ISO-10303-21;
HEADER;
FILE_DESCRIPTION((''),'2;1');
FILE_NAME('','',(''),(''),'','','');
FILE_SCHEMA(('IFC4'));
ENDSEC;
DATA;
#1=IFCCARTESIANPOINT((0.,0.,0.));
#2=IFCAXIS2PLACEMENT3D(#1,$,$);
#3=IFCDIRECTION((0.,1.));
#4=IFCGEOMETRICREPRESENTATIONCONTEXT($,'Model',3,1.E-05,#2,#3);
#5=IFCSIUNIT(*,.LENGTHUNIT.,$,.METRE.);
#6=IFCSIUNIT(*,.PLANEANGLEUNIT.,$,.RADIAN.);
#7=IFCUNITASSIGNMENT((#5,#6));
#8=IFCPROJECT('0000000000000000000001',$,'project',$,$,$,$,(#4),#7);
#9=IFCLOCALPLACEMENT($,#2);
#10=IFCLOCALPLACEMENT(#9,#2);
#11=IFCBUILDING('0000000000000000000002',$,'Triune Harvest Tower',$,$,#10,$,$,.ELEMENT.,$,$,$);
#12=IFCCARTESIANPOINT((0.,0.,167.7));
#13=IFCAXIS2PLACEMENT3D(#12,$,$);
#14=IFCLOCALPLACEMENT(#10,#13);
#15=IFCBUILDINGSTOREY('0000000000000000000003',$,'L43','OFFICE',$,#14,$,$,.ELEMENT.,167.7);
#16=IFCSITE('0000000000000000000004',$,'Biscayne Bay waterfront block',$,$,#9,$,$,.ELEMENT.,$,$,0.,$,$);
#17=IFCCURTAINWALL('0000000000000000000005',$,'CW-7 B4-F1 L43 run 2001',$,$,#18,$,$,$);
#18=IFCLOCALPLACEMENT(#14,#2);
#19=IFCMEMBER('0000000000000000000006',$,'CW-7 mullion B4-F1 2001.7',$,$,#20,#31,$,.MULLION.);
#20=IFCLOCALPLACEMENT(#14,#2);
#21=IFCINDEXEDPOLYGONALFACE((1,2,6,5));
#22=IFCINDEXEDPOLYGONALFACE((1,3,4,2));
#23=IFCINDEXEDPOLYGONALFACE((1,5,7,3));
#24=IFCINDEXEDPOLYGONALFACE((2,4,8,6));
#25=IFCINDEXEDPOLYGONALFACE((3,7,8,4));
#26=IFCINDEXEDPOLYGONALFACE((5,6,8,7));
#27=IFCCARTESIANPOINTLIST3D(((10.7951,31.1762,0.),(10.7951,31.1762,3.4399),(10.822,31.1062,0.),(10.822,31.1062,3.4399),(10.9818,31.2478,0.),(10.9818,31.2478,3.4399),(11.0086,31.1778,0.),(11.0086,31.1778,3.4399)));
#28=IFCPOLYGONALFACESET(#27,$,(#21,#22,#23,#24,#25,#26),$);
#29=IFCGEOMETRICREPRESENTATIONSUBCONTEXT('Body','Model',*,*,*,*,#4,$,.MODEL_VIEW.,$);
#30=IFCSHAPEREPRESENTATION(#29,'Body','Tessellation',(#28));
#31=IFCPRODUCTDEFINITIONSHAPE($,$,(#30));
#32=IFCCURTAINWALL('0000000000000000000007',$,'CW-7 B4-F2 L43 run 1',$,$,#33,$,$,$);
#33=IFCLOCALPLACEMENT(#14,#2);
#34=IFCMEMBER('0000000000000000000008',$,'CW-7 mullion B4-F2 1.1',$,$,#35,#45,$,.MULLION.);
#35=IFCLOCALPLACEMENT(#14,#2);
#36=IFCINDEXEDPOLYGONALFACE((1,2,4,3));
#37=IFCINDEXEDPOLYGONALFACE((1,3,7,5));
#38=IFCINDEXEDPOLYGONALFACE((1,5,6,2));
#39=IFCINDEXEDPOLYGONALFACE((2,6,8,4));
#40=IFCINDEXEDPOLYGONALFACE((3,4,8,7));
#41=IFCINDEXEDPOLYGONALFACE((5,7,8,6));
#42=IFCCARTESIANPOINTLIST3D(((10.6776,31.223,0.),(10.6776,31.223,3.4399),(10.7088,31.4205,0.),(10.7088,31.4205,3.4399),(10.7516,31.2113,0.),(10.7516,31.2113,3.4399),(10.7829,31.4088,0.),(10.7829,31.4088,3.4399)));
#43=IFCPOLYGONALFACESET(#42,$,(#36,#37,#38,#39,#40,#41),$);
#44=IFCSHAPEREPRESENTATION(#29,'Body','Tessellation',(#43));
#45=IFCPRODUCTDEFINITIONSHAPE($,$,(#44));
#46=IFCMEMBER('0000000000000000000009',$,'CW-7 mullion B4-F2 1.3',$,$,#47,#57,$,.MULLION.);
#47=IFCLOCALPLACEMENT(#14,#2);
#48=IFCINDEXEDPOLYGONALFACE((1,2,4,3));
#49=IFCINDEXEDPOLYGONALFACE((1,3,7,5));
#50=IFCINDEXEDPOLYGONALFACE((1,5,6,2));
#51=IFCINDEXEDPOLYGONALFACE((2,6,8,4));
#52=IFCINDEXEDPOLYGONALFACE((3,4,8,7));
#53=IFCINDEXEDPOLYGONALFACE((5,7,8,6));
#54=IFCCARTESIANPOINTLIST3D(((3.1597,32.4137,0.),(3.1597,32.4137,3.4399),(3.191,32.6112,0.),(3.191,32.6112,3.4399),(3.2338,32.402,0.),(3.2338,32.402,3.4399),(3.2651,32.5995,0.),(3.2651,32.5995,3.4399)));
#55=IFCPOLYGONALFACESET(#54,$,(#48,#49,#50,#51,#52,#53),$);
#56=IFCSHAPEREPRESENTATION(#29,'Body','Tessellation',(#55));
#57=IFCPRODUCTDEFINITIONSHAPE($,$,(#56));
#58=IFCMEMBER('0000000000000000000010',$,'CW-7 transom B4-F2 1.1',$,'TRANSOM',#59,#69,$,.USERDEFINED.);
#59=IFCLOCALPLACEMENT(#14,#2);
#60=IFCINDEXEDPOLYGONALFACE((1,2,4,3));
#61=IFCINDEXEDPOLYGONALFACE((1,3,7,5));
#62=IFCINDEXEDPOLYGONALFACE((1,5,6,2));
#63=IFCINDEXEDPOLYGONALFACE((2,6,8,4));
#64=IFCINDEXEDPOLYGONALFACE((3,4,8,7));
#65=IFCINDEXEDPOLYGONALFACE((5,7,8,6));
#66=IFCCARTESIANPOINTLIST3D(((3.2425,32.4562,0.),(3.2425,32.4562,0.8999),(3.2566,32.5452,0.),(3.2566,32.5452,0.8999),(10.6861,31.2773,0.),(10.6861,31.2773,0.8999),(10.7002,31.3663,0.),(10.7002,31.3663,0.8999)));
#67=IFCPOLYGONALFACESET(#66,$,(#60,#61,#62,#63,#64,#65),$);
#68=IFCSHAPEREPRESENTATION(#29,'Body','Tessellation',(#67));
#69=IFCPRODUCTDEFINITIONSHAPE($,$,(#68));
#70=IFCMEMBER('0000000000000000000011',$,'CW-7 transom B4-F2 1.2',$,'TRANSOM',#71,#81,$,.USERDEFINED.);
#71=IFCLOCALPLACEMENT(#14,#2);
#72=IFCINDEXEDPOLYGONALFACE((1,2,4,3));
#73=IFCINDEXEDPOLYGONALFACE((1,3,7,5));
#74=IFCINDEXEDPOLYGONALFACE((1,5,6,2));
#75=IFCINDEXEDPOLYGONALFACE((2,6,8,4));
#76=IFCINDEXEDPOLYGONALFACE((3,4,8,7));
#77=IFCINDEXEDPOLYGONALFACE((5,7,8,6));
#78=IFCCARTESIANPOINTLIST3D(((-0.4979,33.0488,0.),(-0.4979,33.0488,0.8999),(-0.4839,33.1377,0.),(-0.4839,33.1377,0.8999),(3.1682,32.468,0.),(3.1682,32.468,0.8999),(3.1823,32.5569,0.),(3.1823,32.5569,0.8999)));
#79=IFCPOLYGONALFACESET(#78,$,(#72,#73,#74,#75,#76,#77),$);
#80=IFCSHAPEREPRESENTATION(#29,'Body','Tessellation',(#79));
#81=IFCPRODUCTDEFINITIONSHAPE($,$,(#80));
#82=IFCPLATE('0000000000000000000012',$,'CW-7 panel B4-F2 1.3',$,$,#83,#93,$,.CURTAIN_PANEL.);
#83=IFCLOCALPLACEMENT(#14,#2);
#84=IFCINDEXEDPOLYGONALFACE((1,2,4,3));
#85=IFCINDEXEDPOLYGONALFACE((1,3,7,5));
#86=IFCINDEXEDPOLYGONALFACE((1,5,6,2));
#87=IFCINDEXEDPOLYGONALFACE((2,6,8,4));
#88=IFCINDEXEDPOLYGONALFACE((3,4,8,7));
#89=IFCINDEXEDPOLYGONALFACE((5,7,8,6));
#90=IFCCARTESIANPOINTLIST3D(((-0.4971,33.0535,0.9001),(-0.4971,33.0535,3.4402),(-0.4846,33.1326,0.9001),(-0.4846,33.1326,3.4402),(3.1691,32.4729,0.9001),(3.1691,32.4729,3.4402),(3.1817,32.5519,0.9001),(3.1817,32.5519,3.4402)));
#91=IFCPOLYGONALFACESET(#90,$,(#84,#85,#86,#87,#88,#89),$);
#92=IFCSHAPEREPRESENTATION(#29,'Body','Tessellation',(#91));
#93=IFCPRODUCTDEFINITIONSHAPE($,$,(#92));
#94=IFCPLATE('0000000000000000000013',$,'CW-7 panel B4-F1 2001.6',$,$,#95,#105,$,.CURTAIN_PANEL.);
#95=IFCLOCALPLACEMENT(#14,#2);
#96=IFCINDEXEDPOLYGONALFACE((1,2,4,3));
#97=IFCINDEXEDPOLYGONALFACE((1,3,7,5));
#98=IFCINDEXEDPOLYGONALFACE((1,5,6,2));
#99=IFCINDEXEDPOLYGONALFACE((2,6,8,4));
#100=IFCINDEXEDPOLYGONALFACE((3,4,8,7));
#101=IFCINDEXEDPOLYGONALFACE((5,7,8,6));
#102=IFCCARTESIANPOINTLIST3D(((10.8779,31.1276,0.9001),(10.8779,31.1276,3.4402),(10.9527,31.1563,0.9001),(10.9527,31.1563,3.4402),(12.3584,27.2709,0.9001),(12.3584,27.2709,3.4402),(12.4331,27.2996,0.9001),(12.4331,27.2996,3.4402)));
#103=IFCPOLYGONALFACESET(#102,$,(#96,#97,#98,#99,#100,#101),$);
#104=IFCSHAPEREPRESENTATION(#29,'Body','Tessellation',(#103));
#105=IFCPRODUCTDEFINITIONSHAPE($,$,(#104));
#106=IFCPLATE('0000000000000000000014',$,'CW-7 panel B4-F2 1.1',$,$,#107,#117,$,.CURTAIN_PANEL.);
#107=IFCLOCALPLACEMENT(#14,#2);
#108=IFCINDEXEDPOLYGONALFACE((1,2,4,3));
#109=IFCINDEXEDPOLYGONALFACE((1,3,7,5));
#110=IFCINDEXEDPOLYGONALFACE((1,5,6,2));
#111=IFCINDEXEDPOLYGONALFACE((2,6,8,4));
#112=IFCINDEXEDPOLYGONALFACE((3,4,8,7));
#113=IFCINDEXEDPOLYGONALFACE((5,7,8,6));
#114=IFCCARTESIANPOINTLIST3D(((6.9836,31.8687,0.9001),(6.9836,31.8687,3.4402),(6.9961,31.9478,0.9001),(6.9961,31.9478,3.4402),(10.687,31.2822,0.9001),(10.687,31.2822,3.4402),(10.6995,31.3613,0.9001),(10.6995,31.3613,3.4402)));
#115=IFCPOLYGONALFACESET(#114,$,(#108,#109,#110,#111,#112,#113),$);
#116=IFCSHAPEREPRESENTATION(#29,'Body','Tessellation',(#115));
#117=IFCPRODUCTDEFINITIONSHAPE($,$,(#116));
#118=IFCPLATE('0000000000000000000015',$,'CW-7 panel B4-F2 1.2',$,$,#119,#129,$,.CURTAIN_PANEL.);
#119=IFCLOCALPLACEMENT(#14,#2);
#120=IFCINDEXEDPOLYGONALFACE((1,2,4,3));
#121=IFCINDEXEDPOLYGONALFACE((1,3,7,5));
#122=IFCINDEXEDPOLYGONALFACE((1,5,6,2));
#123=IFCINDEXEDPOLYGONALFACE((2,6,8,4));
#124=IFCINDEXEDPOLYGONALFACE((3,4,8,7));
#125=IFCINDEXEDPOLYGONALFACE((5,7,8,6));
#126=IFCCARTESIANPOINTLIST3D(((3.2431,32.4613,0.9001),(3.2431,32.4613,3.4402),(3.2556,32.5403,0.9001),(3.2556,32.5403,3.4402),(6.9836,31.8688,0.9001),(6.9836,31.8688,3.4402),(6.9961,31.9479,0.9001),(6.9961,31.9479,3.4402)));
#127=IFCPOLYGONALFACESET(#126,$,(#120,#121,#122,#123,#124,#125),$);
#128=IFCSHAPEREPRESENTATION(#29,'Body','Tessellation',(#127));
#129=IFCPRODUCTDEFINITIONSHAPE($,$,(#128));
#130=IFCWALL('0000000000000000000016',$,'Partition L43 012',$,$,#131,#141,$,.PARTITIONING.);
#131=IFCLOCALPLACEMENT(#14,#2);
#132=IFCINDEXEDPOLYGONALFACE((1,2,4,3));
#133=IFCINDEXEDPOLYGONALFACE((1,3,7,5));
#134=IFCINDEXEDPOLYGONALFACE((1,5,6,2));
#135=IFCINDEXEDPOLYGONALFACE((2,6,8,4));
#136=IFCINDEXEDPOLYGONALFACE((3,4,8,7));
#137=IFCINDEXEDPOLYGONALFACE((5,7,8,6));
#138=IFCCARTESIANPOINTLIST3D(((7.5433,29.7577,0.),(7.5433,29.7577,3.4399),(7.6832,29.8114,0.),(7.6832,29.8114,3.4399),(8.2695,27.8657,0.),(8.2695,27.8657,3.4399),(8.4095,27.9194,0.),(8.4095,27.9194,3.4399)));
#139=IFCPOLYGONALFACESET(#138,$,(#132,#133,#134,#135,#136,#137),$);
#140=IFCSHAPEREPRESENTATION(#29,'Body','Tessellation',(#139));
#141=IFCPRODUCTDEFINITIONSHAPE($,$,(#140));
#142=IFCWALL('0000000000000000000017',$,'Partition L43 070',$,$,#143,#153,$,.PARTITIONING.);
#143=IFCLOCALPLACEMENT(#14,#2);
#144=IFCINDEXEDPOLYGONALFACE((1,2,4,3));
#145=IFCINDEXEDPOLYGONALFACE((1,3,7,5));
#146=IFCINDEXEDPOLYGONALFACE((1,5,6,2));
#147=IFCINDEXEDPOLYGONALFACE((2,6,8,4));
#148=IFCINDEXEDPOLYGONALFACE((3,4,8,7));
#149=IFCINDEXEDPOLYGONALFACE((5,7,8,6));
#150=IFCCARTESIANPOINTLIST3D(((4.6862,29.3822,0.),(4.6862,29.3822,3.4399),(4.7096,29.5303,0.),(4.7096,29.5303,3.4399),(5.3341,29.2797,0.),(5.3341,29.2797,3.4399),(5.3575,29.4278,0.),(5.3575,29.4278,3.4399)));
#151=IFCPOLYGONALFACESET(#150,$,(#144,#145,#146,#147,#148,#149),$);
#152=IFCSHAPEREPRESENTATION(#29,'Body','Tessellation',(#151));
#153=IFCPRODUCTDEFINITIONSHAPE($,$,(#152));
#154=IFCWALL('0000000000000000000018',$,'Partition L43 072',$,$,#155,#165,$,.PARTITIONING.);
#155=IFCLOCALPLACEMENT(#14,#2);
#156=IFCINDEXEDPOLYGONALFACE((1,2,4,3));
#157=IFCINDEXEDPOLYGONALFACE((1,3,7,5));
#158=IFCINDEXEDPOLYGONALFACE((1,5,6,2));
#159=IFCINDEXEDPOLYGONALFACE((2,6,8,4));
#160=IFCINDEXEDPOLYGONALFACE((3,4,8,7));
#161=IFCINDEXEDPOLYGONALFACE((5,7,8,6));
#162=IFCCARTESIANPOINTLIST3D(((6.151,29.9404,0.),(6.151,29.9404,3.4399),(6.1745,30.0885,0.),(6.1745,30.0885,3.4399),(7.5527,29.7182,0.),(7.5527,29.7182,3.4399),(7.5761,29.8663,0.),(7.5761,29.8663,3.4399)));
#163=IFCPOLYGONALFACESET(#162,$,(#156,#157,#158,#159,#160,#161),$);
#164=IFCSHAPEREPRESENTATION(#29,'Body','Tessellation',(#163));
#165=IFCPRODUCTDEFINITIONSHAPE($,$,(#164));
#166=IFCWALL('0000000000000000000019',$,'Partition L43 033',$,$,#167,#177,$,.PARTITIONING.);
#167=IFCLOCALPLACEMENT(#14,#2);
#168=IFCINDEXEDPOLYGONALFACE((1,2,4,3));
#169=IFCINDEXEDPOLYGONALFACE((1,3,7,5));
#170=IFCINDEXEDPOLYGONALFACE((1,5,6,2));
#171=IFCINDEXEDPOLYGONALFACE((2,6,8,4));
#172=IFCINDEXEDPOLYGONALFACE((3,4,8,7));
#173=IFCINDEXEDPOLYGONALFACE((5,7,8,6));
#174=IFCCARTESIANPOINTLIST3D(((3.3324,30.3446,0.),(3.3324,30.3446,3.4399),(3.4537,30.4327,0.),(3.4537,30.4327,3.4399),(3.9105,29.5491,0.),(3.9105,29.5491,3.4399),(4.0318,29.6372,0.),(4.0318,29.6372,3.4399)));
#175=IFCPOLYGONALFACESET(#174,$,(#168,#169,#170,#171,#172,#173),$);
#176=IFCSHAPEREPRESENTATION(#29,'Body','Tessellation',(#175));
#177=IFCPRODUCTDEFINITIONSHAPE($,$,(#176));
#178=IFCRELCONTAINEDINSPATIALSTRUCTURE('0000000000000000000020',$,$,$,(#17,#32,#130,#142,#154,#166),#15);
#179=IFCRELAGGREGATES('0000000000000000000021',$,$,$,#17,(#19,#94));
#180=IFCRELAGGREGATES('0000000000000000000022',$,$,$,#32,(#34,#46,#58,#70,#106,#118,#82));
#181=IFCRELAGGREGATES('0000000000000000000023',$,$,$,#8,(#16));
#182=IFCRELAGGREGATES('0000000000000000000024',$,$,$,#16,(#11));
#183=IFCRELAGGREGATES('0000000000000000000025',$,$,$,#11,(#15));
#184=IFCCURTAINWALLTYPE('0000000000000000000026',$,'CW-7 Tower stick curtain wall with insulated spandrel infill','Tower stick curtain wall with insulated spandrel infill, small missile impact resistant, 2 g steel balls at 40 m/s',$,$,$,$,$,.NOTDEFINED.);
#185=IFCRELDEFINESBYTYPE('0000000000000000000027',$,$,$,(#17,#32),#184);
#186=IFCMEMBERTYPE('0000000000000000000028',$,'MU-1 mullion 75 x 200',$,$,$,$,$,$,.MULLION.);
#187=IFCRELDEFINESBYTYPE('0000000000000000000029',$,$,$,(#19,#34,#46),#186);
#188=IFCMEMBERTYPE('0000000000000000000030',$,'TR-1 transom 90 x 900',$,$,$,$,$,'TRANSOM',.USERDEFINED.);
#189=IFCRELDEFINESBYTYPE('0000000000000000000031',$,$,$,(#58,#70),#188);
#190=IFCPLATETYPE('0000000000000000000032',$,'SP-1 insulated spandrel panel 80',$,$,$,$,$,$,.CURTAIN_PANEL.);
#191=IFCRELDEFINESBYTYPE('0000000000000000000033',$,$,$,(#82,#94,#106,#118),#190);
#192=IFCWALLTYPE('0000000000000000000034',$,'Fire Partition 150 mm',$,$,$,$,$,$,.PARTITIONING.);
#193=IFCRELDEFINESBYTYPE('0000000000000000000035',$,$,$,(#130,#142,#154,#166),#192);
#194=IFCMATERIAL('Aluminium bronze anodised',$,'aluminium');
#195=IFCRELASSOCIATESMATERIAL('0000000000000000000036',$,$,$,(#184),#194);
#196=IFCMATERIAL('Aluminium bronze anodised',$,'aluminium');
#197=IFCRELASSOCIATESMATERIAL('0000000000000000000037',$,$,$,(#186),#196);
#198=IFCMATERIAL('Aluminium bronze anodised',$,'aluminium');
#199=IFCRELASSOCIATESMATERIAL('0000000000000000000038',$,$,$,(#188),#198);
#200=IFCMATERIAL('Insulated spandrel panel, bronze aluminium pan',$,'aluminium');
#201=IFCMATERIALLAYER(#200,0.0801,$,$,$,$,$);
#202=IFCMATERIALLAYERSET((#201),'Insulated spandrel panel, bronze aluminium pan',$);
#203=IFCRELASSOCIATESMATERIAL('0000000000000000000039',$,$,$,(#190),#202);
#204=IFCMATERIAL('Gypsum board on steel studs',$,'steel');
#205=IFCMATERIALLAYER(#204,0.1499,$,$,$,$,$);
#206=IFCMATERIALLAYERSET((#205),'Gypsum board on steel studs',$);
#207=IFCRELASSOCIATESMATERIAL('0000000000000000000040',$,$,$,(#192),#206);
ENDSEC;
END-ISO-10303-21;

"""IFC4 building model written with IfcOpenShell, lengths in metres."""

from ifc_helpers import new_model, si_unit, direction, frame, frame_2d, origin, origin_2d, place, context, subcontext, project, spatial, rectangle, extrude, source, transform, mapped, material, layer, layer_set, material_profile, profile_set, type_object, element, aggregate, save


model = new_model("IFC4")

# Units and contexts
model_context = context("Model", 3, precision=1e-05, world=origin(), true_north=direction((0.0, 1.0)))
body_context = subcontext(model_context, "Body", "Model", "MODEL_VIEW")
ifc_project = project(units=[si_unit("LENGTHUNIT", "METRE"), si_unit("PLANEANGLEUNIT", "RADIAN")], contexts=[model_context])

# Site, building, storey
site_placement = place(None, origin())
site = spatial("IfcSite", under=ifc_project, at=site_placement, Name="Biscayne Bay waterfront block", CompositionType="ELEMENT", RefElevation=0.0)
building_placement = place(site_placement, origin())
building = spatial("IfcBuilding", under=site, at=building_placement, Name="Triune Harvest Tower", CompositionType="ELEMENT")
storey_placement = place(building_placement, frame((0.0, 0.0, 167.7)))
storey = spatial("IfcBuildingStorey", under=building, at=storey_placement, Name="L43", Description="OFFICE", CompositionType="ELEMENT", Elevation=167.7)

# Curtain wall, member
ifc_material_1 = material(Name="Aluminium bronze anodised", Category="aluminium")
curtain_wall_type = type_object("IfcCurtainWallType", Name="CW-7 Tower stick curtain wall with insulated spandrel infill", Description="Tower stick curtain wall with insulated spandrel infill, small missile impact resistant, 2 g steel balls at 40 m/s", PredefinedType="NOTDEFINED", material=ifc_material_1)
curtain_wall_1_placement = place(storey_placement, origin())
curtain_wall_1 = element("IfcCurtainWall", 1, at=curtain_wall_1_placement, inside=storey, type_object=curtain_wall_type, Name="CW-7 B4-F1 L43 run 2001")
ifc_material_2 = material(Name="Aluminium bronze anodised", Category="aluminium")
ifc_material_profile_1 = material_profile(ifc_material_2, rectangle(XDim=0.2, YDim=0.075, at=origin_2d()), Name="MU-1 mullion 75 x 200")
ifc_profile_set_1 = profile_set([ifc_material_profile_1], Name="Aluminium bronze anodised")
member_type_1 = type_object("IfcMemberType", Name="MU-1 mullion 75 x 200", PredefinedType="MULLION", material=ifc_profile_set_1)
shared_shape_1 = source(origin(), body_context, "Body", "SweptSolid", [
    extrude(rectangle(XDim=0.2, YDim=0.075, at=origin_2d()), origin(), (0.0, 0.0, 1.0), 3.4399),
])
member_1_placement = place(storey_placement, frame((10.9019, 31.177, 0.0), z_axis=(0.0, 0.0, 1.0), x_axis=(-0.933581, -0.358368, 0.0)))
member_1 = element("IfcMember", 2, at=member_1_placement, type_object=member_type_1, Name="CW-7 mullion B4-F1 2001.7", PredefinedType="MULLION", context=body_context, shape_type="MappedRepresentation", body=[
    mapped(shared_shape_1, transform((0.0, 0.0, 0.0), scale=1.0)),
])

# Curtain wall, members, plate
curtain_wall_2_placement = place(storey_placement, origin())
curtain_wall_2 = element("IfcCurtainWall", 3, at=curtain_wall_2_placement, inside=storey, type_object=curtain_wall_type, Name="CW-7 B4-F2 L43 run 1")
member_2_placement = place(storey_placement, frame((10.7302, 31.3159, 0.0), z_axis=(0.0, 0.0, 1.0), x_axis=(-0.156433, -0.987689, 0.0)))
member_2 = element("IfcMember", 4, at=member_2_placement, type_object=member_type_1, Name="CW-7 mullion B4-F2 1.1", PredefinedType="MULLION", context=body_context, shape_type="MappedRepresentation", body=[
    mapped(shared_shape_1, transform((0.0, 0.0, 0.0), scale=1.0)),
])
member_3_placement = place(storey_placement, frame((3.2124, 32.5066, 0.0), z_axis=(0.0, 0.0, 1.0), x_axis=(-0.156433, -0.987689, 0.0)))
member_3 = element("IfcMember", 5, at=member_3_placement, type_object=member_type_1, Name="CW-7 mullion B4-F2 1.3", PredefinedType="MULLION", context=body_context, shape_type="MappedRepresentation", body=[
    mapped(shared_shape_1, transform((0.0, 0.0, 0.0), scale=1.0)),
])
ifc_material_3 = material(Name="Aluminium bronze anodised", Category="aluminium")
ifc_material_profile_2 = material_profile(ifc_material_3, rectangle(XDim=0.0901, YDim=0.8999, at=origin_2d()), Name="TR-1 transom 90 x 900")
ifc_profile_set_2 = profile_set([ifc_material_profile_2], Name="Aluminium bronze anodised")
member_type_2 = type_object("IfcMemberType", Name="TR-1 transom 90 x 900", ElementType="TRANSOM", PredefinedType="USERDEFINED", material=ifc_profile_set_2)
shared_shape_2 = source(origin(), body_context, "Body", "SweptSolid", [
    extrude(rectangle(XDim=0.0901, YDim=0.8999, at=origin_2d()), origin(), (0.0, 0.0, 1.0), 7.5364),
])
member_4_placement = place(storey_placement, frame((10.6931, 31.3218, 0.45), z_axis=(-0.987688, 0.156435, 0.0), x_axis=(-0.156435, -0.987688, 0.0)))
member_4 = element("IfcMember", 6, at=member_4_placement, type_object=member_type_2, Name="CW-7 transom B4-F2 1.1", ObjectType="TRANSOM", PredefinedType="USERDEFINED", context=body_context, shape_type="MappedRepresentation", body=[
    mapped(shared_shape_2, transform((0.0, 0.0, 0.0), scale=1.0)),
])
shared_shape_3 = source(origin(), body_context, "Body", "SweptSolid", [
    extrude(rectangle(XDim=0.0901, YDim=0.8999, at=origin_2d()), origin(), (0.0, 0.0, 1.0), 3.7119),
])
member_5_placement = place(storey_placement, frame((3.1753, 32.5125, 0.45), z_axis=(-0.987683, 0.156469, 0.0), x_axis=(-0.156469, -0.987683, 0.0)))
member_5 = element("IfcMember", 7, at=member_5_placement, type_object=member_type_2, Name="CW-7 transom B4-F2 1.2", ObjectType="TRANSOM", PredefinedType="USERDEFINED", context=body_context, shape_type="MappedRepresentation", body=[
    mapped(shared_shape_3, transform((0.0, 0.0, 0.0), scale=1.0)),
])
ifc_material_4 = material(Name="Insulated spandrel panel, bronze aluminium pan", Category="aluminium")
ifc_layer_1 = layer(ifc_material_4, 0.0801)
ifc_layer_set_1 = layer_set([ifc_layer_1], Name="Insulated spandrel panel, bronze aluminium pan")
plate_type = type_object("IfcPlateType", Name="SP-1 insulated spandrel panel 80", PredefinedType="CURTAIN_PANEL", material=ifc_layer_set_1)
plate_1_placement = place(storey_placement, frame((1.3423, 32.8027, 0.9001), z_axis=(0.0, 0.0, 1.0), x_axis=(-0.987689, 0.156433, 0.0)))
plate_1 = element("IfcPlate", 8, at=plate_1_placement, type_object=plate_type, Name="CW-7 panel B4-F2 1.3", PredefinedType="CURTAIN_PANEL", context=body_context, shape_type="SweptSolid", body=[
    extrude(rectangle(XDim=3.7119, YDim=0.0801, at=origin_2d()), origin(), (0.0, 0.0, 1.0), 2.54),
])

# Plates
shared_shape_4 = source(origin(), body_context, "Body", "SweptSolid", [
    extrude(rectangle(XDim=4.1311, YDim=0.0801, at=origin_2d()), origin(), (0.0, 0.0, 1.0), 2.54),
])
plate_2_placement = place(storey_placement, frame((11.6555, 29.2136, 0.9001), z_axis=(0.0, 0.0, 1.0), x_axis=(-0.358368, 0.933581, 0.0)))
plate_2 = element("IfcPlate", 9, at=plate_2_placement, type_object=plate_type, Name="CW-7 panel B4-F1 2001.6", PredefinedType="CURTAIN_PANEL", context=body_context, shape_type="MappedRepresentation", body=[
    mapped(shared_shape_4, transform((0.0, 0.0, 0.0), scale=1.0)),
])
aggregate(curtain_wall_1, [member_1, plate_2])
shared_shape_5 = source(origin(), body_context, "Body", "SweptSolid", [
    extrude(rectangle(XDim=3.7495, YDim=0.0801, at=origin_2d()), origin(), (0.0, 0.0, 1.0), 2.54),
])
plate_3_placement = place(storey_placement, frame((8.8416, 31.615, 0.9001), z_axis=(0.0, 0.0, 1.0), x_axis=(-0.987689, 0.156433, 0.0)))
plate_3 = element("IfcPlate", 10, at=plate_3_placement, type_object=plate_type, Name="CW-7 panel B4-F2 1.1", PredefinedType="CURTAIN_PANEL", context=body_context, shape_type="MappedRepresentation", body=[
    mapped(shared_shape_5, transform((0.0, 0.0, 0.0), scale=1.0)),
])
shared_shape_6 = source(origin(), body_context, "Body", "SweptSolid", [
    extrude(rectangle(XDim=3.7871, YDim=0.0801, at=origin_2d()), origin(), (0.0, 0.0, 1.0), 2.54),
])
plate_4_placement = place(storey_placement, frame((5.1196, 32.2046, 0.9001), z_axis=(0.0, 0.0, 1.0), x_axis=(-0.987689, 0.156433, 0.0)))
plate_4 = element("IfcPlate", 11, at=plate_4_placement, type_object=plate_type, Name="CW-7 panel B4-F2 1.2", PredefinedType="CURTAIN_PANEL", context=body_context, shape_type="MappedRepresentation", body=[
    mapped(shared_shape_6, transform((0.0, 0.0, 0.0), scale=1.0)),
])
aggregate(curtain_wall_2, [member_2, member_3, member_4, member_5, plate_3, plate_4, plate_1])

# Walls
ifc_material_5 = material(Name="Gypsum board on steel studs", Category="steel")
ifc_layer_2 = layer(ifc_material_5, 0.1499)
ifc_layer_set_2 = layer_set([ifc_layer_2], Name="Gypsum board on steel studs")
wall_type_1 = type_object("IfcWallType", Name="Fire Partition 150 mm", PredefinedType="PARTITIONING", material=ifc_layer_set_2)
wall_1_placement = place(storey_placement, frame((7.6133, 29.7844, 0.0), z_axis=(0.0, 0.0, 1.0), x_axis=(0.358374, -0.933578, 0.0)))
element("IfcWall", 12, at=wall_1_placement, inside=storey, type_object=wall_type_1, Name="Partition L43 012", PredefinedType="PARTITIONING", context=body_context, shape_type="SweptSolid", body=[
    extrude(rectangle(XDim=2.0266, YDim=0.1499, at=frame_2d((1.0132, 0.0))), origin(), (0.0, 0.0, 1.0), 3.4399),
])
wall_2_placement = place(storey_placement, frame((4.6978, 29.4563, 0.0), z_axis=(0.0, 0.0, 1.0), x_axis=(0.987709, -0.156307, 0.0)))
element("IfcWall", 13, at=wall_2_placement, inside=storey, type_object=wall_type_1, Name="Partition L43 070", PredefinedType="PARTITIONING", context=body_context, shape_type="SweptSolid", body=[
    extrude(rectangle(XDim=0.656, YDim=0.1499, at=frame_2d((0.3281, 0.0))), origin(), (0.0, 0.0, 1.0), 3.4399),
])
wall_3_placement = place(storey_placement, frame((6.1628, 30.0144, 0.0), z_axis=(0.0, 0.0, 1.0), x_axis=(0.987669, -0.156554, 0.0)))
element("IfcWall", 14, at=wall_3_placement, inside=storey, type_object=wall_type_1, Name="Partition L43 072", PredefinedType="PARTITIONING", context=body_context, shape_type="SweptSolid", body=[
    extrude(rectangle(XDim=1.4192, YDim=0.1499, at=frame_2d((0.7095, 0.0))), origin(), (0.0, 0.0, 1.0), 3.4399),
])
shared_shape_7 = source(origin(), body_context, "Body", "SweptSolid", [
    extrude(rectangle(XDim=0.9834, YDim=0.1499, at=frame_2d((0.4917, 0.0))), origin(), (0.0, 0.0, 1.0), 3.4399),
])
for number, where, z_axis, x_axis, name in (
    (15, (3.3931, 30.3887, 0.0), (0.0, 0.0, 1.0), (0.587817, -0.808994, 0.0), "Partition L43 033"),
):
    element("IfcWall", number, at=place(storey_placement, frame(where, z_axis=z_axis, x_axis=x_axis)), inside=storey, type_object=wall_type_1, Name=name, PredefinedType="PARTITIONING", context=body_context, shape_type="MappedRepresentation", body=[
        mapped(shared_shape_7, transform((0.0, 0.0, 0.0), scale=1.0)),
    ])

save(model, "model.ifc")
